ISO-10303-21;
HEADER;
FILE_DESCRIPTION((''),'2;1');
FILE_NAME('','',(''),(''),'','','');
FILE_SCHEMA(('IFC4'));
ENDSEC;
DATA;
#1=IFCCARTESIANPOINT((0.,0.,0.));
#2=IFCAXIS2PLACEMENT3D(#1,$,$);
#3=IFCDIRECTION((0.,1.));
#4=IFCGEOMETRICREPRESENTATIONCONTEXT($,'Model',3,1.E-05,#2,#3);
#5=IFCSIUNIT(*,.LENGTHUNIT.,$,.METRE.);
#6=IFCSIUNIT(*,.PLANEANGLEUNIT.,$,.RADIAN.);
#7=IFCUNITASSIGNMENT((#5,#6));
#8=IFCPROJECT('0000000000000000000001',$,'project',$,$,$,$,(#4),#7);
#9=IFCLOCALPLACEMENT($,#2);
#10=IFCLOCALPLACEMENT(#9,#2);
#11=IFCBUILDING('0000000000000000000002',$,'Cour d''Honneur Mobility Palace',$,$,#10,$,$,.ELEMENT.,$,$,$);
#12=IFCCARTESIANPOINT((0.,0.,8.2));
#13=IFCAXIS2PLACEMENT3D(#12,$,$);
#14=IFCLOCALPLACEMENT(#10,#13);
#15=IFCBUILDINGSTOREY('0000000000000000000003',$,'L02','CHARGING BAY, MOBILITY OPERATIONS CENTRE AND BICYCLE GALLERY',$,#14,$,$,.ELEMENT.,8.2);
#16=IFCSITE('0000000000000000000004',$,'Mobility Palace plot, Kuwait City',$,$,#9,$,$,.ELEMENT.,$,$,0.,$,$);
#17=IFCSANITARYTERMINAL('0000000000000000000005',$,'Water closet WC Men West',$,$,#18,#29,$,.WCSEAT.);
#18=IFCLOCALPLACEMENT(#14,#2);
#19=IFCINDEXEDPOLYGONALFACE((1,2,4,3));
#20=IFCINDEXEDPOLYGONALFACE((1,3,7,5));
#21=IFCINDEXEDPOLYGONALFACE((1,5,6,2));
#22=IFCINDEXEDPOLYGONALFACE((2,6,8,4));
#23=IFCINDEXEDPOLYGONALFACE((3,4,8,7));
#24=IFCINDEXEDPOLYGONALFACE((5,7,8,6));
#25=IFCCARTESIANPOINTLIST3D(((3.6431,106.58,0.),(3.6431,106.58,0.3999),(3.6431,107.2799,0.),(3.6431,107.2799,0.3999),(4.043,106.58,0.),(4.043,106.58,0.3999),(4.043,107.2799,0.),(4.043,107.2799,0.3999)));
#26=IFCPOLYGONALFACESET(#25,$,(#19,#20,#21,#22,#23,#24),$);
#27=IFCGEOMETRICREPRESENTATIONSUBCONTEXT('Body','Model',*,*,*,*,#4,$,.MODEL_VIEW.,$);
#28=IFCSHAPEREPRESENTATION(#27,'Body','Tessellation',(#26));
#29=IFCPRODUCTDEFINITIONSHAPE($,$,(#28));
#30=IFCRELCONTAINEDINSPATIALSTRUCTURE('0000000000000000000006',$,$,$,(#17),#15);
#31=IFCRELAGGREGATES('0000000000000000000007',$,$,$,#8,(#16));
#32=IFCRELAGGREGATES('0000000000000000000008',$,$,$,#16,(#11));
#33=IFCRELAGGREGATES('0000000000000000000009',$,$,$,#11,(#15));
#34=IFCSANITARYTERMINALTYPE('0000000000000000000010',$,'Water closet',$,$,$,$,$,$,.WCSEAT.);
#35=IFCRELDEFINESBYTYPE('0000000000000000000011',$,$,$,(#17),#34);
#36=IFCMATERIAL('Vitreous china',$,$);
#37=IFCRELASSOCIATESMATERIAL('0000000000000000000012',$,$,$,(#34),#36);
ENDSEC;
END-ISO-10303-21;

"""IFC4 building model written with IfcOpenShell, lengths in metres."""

from ifc_helpers import new_model, si_unit, direction, frame, origin, origin_2d, place, context, subcontext, project, spatial, rectangle, extrude, material, type_object, element, save


model = new_model("IFC4")

# Units and contexts
model_context = context("Model", 3, precision=1e-05, world=origin(), true_north=direction((0.0, 1.0)))
body_context = subcontext(model_context, "Body", "Model", "MODEL_VIEW")
ifc_project = project(units=[si_unit("LENGTHUNIT", "METRE"), si_unit("PLANEANGLEUNIT", "RADIAN")], contexts=[model_context])

# Site, building, storey
site_placement = place(None, origin())
site = spatial("IfcSite", under=ifc_project, at=site_placement, Name="Mobility Palace plot, Kuwait City", CompositionType="ELEMENT", RefElevation=0.0)
building_placement = place(site_placement, origin())
building = spatial("IfcBuilding", under=site, at=building_placement, Name="Cour d'Honneur Mobility Palace", CompositionType="ELEMENT")
storey_placement = place(building_placement, frame((0.0, 0.0, 8.2)))
storey = spatial("IfcBuildingStorey", under=building, at=storey_placement, Name="L02", Description="CHARGING BAY, MOBILITY OPERATIONS CENTRE AND BICYCLE GALLERY", CompositionType="ELEMENT", Elevation=8.2)

# Sanitary terminal
ifc_material_1 = material(Name="Vitreous china")
sanitary_terminal_type_1 = type_object("IfcSanitaryTerminalType", Name="Water closet", PredefinedType="WCSEAT", material=ifc_material_1)
for number, where, z_axis, x_axis, name in (
    (1, (3.843, 106.9299, 0.0), (0.0, 0.0, 1.0), (1.0, 0.0, 0.0), "Water closet WC Men West"),
):
    element("IfcSanitaryTerminal", number, at=place(storey_placement, frame(where, z_axis=z_axis, x_axis=x_axis)), inside=storey, type_object=sanitary_terminal_type_1, Name=name, PredefinedType="WCSEAT", context=body_context, shape_type="SweptSolid", body=[
        extrude(rectangle(XDim=0.3999, YDim=0.7, at=origin_2d()), origin(), (0.0, 0.0, 1.0), 0.3999),
    ])

save(model, "model.ifc")
